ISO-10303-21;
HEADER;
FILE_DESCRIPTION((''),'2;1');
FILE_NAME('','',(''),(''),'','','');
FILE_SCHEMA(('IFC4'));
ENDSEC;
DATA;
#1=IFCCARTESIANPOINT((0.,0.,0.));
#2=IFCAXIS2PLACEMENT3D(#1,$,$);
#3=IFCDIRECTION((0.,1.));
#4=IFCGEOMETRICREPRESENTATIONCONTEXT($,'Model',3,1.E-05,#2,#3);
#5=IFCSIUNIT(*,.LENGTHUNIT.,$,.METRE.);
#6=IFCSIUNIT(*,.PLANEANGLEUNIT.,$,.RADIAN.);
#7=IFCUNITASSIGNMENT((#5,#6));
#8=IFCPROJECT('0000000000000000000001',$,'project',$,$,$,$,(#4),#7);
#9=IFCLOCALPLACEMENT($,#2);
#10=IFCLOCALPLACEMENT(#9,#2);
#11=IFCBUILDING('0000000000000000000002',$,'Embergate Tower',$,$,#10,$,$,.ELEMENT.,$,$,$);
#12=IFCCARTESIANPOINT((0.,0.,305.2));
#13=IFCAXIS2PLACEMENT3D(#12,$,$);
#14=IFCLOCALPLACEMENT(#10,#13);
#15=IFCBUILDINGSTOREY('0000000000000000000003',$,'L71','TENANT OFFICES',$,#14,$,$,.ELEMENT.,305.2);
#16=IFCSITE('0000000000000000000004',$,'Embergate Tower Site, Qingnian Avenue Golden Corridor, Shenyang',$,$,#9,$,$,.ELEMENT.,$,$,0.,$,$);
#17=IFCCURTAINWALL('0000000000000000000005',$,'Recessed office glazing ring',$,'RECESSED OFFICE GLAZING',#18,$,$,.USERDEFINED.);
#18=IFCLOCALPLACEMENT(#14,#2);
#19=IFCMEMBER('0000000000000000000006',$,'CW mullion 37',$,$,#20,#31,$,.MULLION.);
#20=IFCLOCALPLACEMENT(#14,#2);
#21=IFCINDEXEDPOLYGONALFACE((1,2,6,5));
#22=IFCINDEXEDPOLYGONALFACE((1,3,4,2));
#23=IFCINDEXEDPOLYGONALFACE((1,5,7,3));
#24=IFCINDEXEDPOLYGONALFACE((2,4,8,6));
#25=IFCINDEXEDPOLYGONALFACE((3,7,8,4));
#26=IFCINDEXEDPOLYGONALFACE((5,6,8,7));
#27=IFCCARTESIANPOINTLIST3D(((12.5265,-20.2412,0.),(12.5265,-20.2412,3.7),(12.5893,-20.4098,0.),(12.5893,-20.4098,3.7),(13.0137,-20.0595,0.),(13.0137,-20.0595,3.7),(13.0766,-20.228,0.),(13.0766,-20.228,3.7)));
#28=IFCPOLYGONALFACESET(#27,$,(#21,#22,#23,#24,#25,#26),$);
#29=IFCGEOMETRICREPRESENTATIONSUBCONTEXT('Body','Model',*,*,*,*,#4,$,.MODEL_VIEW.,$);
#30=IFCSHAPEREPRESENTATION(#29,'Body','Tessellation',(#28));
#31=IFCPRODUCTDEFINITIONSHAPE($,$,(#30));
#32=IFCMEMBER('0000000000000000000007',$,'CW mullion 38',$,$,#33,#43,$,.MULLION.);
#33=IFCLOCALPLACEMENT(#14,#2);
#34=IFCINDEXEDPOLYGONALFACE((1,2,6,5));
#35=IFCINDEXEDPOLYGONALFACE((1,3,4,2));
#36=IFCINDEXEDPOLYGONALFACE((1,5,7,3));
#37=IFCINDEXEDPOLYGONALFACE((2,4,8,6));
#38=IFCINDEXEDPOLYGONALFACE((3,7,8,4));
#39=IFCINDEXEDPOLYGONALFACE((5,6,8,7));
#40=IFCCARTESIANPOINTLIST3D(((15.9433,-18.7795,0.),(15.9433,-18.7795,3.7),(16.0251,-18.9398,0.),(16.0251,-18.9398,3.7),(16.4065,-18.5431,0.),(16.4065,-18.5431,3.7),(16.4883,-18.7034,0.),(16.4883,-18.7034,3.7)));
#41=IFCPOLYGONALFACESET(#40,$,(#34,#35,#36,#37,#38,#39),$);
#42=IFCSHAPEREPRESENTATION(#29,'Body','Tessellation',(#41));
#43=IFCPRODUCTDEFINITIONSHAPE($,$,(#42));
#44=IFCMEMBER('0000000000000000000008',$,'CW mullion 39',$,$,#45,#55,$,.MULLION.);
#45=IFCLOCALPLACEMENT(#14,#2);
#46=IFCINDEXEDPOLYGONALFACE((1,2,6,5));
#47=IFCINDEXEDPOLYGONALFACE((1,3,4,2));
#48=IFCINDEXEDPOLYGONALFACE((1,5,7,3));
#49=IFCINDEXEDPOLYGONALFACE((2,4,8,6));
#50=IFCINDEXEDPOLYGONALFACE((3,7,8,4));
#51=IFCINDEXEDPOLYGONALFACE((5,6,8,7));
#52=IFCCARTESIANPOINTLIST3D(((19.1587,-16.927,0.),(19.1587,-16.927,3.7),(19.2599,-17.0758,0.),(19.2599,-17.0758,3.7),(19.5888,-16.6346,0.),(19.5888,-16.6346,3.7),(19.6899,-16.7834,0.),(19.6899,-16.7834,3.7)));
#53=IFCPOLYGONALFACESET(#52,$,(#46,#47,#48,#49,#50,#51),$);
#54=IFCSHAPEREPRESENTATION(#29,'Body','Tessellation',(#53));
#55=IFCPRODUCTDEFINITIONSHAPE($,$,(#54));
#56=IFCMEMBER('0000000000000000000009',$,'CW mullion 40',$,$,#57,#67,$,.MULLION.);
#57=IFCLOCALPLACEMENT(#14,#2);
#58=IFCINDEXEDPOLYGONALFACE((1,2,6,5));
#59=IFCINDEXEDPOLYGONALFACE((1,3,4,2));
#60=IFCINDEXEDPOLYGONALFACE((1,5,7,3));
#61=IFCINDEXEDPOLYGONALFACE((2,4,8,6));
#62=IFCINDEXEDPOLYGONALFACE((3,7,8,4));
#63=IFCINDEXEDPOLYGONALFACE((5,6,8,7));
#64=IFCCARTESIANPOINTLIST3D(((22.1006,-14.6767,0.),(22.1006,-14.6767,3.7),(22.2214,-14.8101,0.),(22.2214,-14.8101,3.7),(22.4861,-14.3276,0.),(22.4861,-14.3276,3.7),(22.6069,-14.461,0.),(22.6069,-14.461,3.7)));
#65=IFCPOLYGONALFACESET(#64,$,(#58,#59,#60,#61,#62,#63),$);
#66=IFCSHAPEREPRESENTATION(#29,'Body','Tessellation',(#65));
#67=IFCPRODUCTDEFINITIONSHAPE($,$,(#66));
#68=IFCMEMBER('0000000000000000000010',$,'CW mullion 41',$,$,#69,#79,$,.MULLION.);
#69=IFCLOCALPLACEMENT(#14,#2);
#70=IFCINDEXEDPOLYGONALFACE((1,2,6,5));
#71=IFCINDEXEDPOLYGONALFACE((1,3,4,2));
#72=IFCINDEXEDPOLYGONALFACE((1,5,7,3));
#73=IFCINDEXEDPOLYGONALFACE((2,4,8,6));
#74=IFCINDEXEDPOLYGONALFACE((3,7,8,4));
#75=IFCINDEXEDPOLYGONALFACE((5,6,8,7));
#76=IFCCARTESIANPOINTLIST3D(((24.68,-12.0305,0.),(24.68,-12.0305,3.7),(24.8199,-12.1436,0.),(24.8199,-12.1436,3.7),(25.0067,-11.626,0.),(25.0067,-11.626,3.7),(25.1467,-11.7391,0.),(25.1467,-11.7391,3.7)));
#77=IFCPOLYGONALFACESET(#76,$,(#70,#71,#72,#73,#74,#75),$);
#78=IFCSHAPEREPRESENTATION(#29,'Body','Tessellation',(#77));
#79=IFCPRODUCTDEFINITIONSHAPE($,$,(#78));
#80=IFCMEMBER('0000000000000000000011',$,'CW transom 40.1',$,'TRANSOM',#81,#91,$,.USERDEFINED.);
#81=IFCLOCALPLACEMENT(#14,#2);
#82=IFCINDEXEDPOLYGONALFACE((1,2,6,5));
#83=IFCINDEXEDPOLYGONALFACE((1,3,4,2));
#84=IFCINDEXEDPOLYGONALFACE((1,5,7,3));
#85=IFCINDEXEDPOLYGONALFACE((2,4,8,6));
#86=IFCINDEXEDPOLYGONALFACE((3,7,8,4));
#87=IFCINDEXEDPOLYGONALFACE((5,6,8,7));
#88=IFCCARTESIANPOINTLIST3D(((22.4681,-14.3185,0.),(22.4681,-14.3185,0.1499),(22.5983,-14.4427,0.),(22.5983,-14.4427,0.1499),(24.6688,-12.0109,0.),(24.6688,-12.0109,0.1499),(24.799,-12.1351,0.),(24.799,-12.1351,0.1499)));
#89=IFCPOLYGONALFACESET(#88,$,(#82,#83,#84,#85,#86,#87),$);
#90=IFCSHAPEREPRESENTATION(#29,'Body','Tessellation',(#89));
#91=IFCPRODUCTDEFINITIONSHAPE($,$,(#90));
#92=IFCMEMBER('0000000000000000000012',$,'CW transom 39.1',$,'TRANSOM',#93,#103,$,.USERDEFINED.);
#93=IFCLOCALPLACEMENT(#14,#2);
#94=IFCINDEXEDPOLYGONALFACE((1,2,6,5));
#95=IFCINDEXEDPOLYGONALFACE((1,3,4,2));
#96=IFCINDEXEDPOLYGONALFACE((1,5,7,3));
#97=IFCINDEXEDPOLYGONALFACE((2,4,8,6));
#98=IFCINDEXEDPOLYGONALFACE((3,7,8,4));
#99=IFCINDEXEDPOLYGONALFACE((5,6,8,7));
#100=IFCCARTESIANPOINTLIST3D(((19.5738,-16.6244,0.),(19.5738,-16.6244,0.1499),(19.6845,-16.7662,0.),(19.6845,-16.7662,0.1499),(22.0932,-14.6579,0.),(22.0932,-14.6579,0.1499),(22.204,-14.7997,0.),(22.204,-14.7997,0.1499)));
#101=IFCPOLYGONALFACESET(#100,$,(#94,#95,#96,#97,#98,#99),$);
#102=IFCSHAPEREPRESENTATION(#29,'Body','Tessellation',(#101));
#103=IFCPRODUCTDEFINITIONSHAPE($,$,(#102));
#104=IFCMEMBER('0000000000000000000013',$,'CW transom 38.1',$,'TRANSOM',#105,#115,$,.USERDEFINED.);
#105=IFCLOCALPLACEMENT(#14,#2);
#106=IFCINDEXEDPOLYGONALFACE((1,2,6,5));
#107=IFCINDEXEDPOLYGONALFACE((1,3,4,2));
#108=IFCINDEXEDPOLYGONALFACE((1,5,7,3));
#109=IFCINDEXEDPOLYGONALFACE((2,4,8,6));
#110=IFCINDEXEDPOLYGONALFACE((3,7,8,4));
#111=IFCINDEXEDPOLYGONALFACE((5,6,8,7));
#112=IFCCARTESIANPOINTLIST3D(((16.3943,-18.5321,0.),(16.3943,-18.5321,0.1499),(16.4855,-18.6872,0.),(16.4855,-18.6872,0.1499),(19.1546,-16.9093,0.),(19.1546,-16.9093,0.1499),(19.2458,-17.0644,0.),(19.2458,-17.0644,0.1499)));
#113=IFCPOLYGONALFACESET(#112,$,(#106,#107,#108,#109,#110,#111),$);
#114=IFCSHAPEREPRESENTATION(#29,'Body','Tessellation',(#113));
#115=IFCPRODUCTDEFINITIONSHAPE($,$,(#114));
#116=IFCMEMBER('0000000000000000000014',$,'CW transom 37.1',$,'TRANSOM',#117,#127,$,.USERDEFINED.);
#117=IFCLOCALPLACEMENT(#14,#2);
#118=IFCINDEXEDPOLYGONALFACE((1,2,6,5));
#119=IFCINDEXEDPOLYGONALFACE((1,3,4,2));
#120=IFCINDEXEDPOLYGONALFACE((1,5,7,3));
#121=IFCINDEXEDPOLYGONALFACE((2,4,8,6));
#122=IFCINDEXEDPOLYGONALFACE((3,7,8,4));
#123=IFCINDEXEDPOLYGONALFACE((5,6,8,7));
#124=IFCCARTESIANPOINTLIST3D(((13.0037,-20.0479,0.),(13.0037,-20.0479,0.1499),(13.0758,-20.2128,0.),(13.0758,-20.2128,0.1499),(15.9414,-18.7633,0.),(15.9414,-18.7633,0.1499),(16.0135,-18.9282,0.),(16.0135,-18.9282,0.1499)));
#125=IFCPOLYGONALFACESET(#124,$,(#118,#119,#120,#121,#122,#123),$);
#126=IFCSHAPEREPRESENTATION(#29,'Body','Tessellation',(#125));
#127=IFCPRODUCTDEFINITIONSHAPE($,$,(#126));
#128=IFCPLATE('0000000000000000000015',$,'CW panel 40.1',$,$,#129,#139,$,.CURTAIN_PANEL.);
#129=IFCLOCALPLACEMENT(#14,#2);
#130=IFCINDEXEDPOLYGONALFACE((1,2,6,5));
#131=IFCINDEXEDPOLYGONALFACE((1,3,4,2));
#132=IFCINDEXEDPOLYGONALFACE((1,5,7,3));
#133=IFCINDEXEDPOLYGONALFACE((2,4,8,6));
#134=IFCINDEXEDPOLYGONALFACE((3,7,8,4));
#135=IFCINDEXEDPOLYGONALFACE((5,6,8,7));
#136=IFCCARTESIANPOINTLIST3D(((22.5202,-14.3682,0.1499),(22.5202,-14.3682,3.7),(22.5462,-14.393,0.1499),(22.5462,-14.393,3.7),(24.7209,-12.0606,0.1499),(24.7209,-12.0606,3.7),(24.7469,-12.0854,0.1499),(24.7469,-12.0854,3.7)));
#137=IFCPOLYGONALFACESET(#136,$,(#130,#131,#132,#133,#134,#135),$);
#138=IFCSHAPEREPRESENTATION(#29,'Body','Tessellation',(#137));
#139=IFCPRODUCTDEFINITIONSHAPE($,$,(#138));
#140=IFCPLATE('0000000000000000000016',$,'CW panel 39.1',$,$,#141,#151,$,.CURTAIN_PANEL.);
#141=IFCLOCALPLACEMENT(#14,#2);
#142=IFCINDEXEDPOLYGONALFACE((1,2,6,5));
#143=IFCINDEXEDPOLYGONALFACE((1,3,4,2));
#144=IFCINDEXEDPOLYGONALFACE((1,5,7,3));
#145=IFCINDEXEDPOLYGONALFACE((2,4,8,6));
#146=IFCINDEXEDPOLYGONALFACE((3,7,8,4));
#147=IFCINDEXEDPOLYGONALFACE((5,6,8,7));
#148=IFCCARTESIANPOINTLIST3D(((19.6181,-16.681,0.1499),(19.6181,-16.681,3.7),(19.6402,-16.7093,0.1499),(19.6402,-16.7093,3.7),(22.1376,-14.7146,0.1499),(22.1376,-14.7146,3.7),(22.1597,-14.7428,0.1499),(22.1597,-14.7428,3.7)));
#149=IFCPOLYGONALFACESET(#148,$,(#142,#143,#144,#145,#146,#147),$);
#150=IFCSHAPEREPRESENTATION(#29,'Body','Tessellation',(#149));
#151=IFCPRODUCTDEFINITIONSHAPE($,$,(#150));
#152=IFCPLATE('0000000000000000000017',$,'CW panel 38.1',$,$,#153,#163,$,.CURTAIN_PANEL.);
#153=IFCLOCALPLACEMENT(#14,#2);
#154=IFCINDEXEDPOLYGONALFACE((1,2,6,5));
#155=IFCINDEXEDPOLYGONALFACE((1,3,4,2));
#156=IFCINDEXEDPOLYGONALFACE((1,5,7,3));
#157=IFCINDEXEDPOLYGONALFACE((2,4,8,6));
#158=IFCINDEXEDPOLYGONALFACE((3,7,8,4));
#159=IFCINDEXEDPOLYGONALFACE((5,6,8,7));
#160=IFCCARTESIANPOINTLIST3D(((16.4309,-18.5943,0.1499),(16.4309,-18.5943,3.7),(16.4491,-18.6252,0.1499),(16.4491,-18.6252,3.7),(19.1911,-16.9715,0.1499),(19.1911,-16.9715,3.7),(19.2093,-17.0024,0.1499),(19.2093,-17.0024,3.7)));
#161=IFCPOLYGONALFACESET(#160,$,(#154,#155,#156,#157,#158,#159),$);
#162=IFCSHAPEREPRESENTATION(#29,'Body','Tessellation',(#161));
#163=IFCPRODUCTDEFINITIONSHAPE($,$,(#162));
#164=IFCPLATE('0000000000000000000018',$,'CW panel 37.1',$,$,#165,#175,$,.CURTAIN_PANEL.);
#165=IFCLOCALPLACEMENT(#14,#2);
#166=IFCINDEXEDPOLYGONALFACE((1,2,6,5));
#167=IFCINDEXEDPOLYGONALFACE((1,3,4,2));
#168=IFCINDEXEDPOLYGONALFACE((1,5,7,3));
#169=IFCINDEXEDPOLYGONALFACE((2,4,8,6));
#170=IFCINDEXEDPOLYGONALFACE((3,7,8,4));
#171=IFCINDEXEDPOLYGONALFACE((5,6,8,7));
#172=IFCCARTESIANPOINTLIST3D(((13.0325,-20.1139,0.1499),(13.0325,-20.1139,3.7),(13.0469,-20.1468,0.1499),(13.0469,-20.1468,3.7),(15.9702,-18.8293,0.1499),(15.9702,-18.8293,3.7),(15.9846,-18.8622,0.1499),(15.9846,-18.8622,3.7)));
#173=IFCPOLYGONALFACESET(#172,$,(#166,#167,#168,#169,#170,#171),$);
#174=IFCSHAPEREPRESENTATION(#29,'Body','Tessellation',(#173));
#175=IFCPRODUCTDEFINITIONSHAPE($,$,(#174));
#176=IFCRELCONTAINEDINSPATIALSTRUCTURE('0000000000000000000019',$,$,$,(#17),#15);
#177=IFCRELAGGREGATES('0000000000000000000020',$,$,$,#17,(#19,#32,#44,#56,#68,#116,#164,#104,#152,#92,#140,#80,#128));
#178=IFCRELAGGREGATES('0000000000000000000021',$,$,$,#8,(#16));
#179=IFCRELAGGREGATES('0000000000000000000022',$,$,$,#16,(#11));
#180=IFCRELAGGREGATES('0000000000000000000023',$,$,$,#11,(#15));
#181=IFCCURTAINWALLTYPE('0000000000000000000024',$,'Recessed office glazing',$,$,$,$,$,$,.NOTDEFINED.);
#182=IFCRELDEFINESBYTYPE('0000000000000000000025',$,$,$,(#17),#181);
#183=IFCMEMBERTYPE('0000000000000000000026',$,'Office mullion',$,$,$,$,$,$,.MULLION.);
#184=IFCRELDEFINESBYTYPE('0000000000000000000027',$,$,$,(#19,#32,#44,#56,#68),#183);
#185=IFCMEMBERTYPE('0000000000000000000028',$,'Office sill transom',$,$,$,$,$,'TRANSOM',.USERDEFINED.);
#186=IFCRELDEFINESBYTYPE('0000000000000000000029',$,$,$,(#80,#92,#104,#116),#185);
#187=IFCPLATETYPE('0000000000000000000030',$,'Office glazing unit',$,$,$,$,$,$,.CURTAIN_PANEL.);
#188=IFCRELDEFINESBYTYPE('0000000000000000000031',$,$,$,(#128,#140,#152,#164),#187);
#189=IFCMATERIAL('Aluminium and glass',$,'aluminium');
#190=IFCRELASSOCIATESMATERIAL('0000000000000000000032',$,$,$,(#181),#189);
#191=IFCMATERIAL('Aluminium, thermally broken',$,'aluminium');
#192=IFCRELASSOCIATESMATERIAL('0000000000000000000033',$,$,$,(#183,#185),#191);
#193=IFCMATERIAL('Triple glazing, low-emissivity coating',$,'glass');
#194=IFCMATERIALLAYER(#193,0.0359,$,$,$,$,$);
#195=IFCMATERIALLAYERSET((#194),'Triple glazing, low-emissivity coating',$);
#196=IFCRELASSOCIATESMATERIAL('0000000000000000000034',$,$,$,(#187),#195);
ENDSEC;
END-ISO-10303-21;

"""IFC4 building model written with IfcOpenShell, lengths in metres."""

from ifc_helpers import new_model, si_unit, direction, frame, origin, origin_2d, place, context, subcontext, project, spatial, rectangle, extrude, source, transform, mapped, material, layer, layer_set, material_profile, profile_set, type_object, element, aggregate, save


model = new_model("IFC4")

# Units and contexts
model_context = context("Model", 3, precision=1e-05, world=origin(), true_north=direction((0.0, 1.0)))
body_context = subcontext(model_context, "Body", "Model", "MODEL_VIEW")
ifc_project = project(units=[si_unit("LENGTHUNIT", "METRE"), si_unit("PLANEANGLEUNIT", "RADIAN")], contexts=[model_context])

# Site, building, storey
site_placement = place(None, origin())
site = spatial("IfcSite", under=ifc_project, at=site_placement, Name="Embergate Tower Site, Qingnian Avenue Golden Corridor, Shenyang", CompositionType="ELEMENT", RefElevation=0.0)
building_placement = place(site_placement, origin())
building = spatial("IfcBuilding", under=site, at=building_placement, Name="Embergate Tower", CompositionType="ELEMENT")
storey_placement = place(building_placement, frame((0.0, 0.0, 305.2)))
storey = spatial("IfcBuildingStorey", under=building, at=storey_placement, Name="L71", Description="TENANT OFFICES", CompositionType="ELEMENT", Elevation=305.2)

# Curtain wall, members, plates
ifc_material_1 = material(Name="Aluminium and glass", Category="aluminium")
curtain_wall_type = type_object("IfcCurtainWallType", Name="Recessed office glazing", PredefinedType="NOTDEFINED", material=ifc_material_1)
curtain_wall_placement = place(storey_placement, origin())
curtain_wall = element("IfcCurtainWall", 1, at=curtain_wall_placement, inside=storey, type_object=curtain_wall_type, Name="Recessed office glazing ring", ObjectType="RECESSED OFFICE GLAZING", PredefinedType="USERDEFINED")
ifc_material_2 = material(Name="Aluminium, thermally broken", Category="aluminium")
ifc_material_profile_1 = material_profile(ifc_material_2, rectangle(XDim=0.1799, YDim=0.52, at=origin_2d()), Name="AL 520x180")
ifc_profile_set_1 = profile_set([ifc_material_profile_1], Name="Aluminium, thermally broken")
member_type_1 = type_object("IfcMemberType", Name="Office mullion", PredefinedType="MULLION", material=ifc_profile_set_1)
shared_shape_1 = source(origin(), body_context, "Body", "SweptSolid", [
    extrude(rectangle(XDim=0.1799, YDim=0.52, at=origin_2d()), origin(), (0.0, 0.0, 1.0), 3.7),
])
member_1_placement = place(storey_placement, frame((12.8015, -20.2346, 0.0), z_axis=(0.0, 0.0, 1.0), x_axis=(-0.349501, 0.936936, 0.0)))
member_1 = element("IfcMember", 2, at=member_1_placement, type_object=member_type_1, Name="CW mullion 37", PredefinedType="MULLION", context=body_context, shape_type="MappedRepresentation", body=[
    mapped(shared_shape_1, transform((0.0, 0.0, 0.0))),
])
member_2_placement = place(storey_placement, frame((16.2158, -18.7415, 0.0), z_axis=(0.0, 0.0, 1.0), x_axis=(-0.454508, 0.890743, 0.0)))
member_2 = element("IfcMember", 3, at=member_2_placement, type_object=member_type_1, Name="CW mullion 38", PredefinedType="MULLION", context=body_context, shape_type="MappedRepresentation", body=[
    mapped(shared_shape_1, transform((0.0, 0.0, 0.0))),
])
member_3_placement = place(storey_placement, frame((19.4243, -16.8552, 0.0), z_axis=(0.0, 0.0, 1.0), x_axis=(-0.562213, 0.826992, 0.0)))
member_3 = element("IfcMember", 4, at=member_3_placement, type_object=member_type_1, Name="CW mullion 39", PredefinedType="MULLION", context=body_context, shape_type="MappedRepresentation", body=[
    mapped(shared_shape_1, transform((0.0, 0.0, 0.0))),
])
member_4_placement = place(storey_placement, frame((22.3538, -14.5688, 0.0), z_axis=(0.0, 0.0, 1.0), x_axis=(-0.67122, 0.741258, 0.0)))
member_4 = element("IfcMember", 5, at=member_4_placement, type_object=member_type_1, Name="CW mullion 40", PredefinedType="MULLION", context=body_context, shape_type="MappedRepresentation", body=[
    mapped(shared_shape_1, transform((0.0, 0.0, 0.0))),
])
member_5_placement = place(storey_placement, frame((24.9133, -11.8848, 0.0), z_axis=(0.0, 0.0, 1.0), x_axis=(-0.777864, 0.628433, 0.0)))
member_5 = element("IfcMember", 6, at=member_5_placement, type_object=member_type_1, Name="CW mullion 41", PredefinedType="MULLION", context=body_context, shape_type="MappedRepresentation", body=[
    mapped(shared_shape_1, transform((0.0, 0.0, 0.0))),
])
ifc_material_profile_2 = material_profile(ifc_material_2, rectangle(XDim=0.1799, YDim=0.1499, at=origin_2d()), Name="AL 150x180")
ifc_profile_set_2 = profile_set([ifc_material_profile_2], Name="Aluminium, thermally broken")
member_type_2 = type_object("IfcMemberType", Name="Office sill transom", ElementType="TRANSOM", PredefinedType="USERDEFINED", material=ifc_profile_set_2)
shared_shape_2 = source(origin(), body_context, "Body", "SweptSolid", [
    extrude(rectangle(XDim=0.1799, YDim=0.1499, at=origin_2d()), origin(), (0.0, 0.0, 1.0), 3.1887),
])
member_6_placement = place(storey_placement, frame((22.5332, -14.3806, 0.075), z_axis=(0.690141, 0.723675, 0.0), x_axis=(-0.723675, 0.690141, 0.0)))
member_6 = element("IfcMember", 7, at=member_6_placement, type_object=member_type_2, Name="CW transom 40.1", ObjectType="TRANSOM", PredefinedType="USERDEFINED", context=body_context, shape_type="MappedRepresentation", body=[
    mapped(shared_shape_2, transform((0.0, 0.0, 0.0))),
])
shared_shape_3 = source(origin(), body_context, "Body", "SweptSolid", [
    extrude(rectangle(XDim=0.1799, YDim=0.1499, at=origin_2d()), origin(), (0.0, 0.0, 1.0), 3.196),
])
member_7_placement = place(storey_placement, frame((19.6292, -16.6953, 0.075), z_axis=(0.788302, 0.615288, 0.0), x_axis=(-0.615288, 0.788302, 0.0)))
member_7 = element("IfcMember", 8, at=member_7_placement, type_object=member_type_2, Name="CW transom 39.1", ObjectType="TRANSOM", PredefinedType="USERDEFINED", context=body_context, shape_type="MappedRepresentation", body=[
    mapped(shared_shape_3, transform((0.0, 0.0, 0.0))),
])
shared_shape_4 = source(origin(), body_context, "Body", "SweptSolid", [
    extrude(rectangle(XDim=0.1799, YDim=0.1499, at=origin_2d()), origin(), (0.0, 0.0, 1.0), 3.2019),
])
member_8_placement = place(storey_placement, frame((16.4399, -18.6096, 0.075), z_axis=(0.862054, 0.506817, 0.0), x_axis=(-0.506817, 0.862054, 0.0)))
member_8 = element("IfcMember", 9, at=member_8_placement, type_object=member_type_2, Name="CW transom 38.1", ObjectType="TRANSOM", PredefinedType="USERDEFINED", context=body_context, shape_type="MappedRepresentation", body=[
    mapped(shared_shape_4, transform((0.0, 0.0, 0.0))),
])
shared_shape_5 = source(origin(), body_context, "Body", "SweptSolid", [
    extrude(rectangle(XDim=0.1799, YDim=0.1499, at=origin_2d()), origin(), (0.0, 0.0, 1.0), 3.2063),
])
member_9_placement = place(storey_placement, frame((13.0398, -20.1304, 0.075), z_axis=(0.916225, 0.400663, 0.0), x_axis=(-0.400663, 0.916225, 0.0)))
member_9 = element("IfcMember", 10, at=member_9_placement, type_object=member_type_2, Name="CW transom 37.1", ObjectType="TRANSOM", PredefinedType="USERDEFINED", context=body_context, shape_type="MappedRepresentation", body=[
    mapped(shared_shape_5, transform((0.0, 0.0, 0.0))),
])
ifc_material_3 = material(Name="Triple glazing, low-emissivity coating", Category="glass")
ifc_layer_1 = layer(ifc_material_3, 0.0359)
ifc_layer_set_1 = layer_set([ifc_layer_1], Name="Triple glazing, low-emissivity coating")
plate_type = type_object("IfcPlateType", Name="Office glazing unit", PredefinedType="CURTAIN_PANEL", material=ifc_layer_set_1)
shared_shape_6 = source(origin(), body_context, "Body", "SweptSolid", [
    extrude(rectangle(XDim=3.1887, YDim=0.0359, at=origin_2d()), origin(), (0.0, 0.0, 1.0), 3.55),
])
plate_1_placement = place(storey_placement, frame((23.6335, -13.2268, 0.1499), z_axis=(0.0, 0.0, 1.0), x_axis=(0.690133, 0.723683, 0.0)))
plate_1 = element("IfcPlate", 11, at=plate_1_placement, type_object=plate_type, Name="CW panel 40.1", PredefinedType="CURTAIN_PANEL", context=body_context, shape_type="MappedRepresentation", body=[
    mapped(shared_shape_6, transform((0.0, 0.0, 0.0))),
])
shared_shape_7 = source(origin(), body_context, "Body", "SweptSolid", [
    extrude(rectangle(XDim=3.196, YDim=0.0359, at=origin_2d()), origin(), (0.0, 0.0, 1.0), 3.55),
])
plate_2_placement = place(storey_placement, frame((20.8889, -15.7119, 0.1499), z_axis=(0.0, 0.0, 1.0), x_axis=(0.788318, 0.615268, 0.0)))
plate_2 = element("IfcPlate", 12, at=plate_2_placement, type_object=plate_type, Name="CW panel 39.1", PredefinedType="CURTAIN_PANEL", context=body_context, shape_type="MappedRepresentation", body=[
    mapped(shared_shape_7, transform((0.0, 0.0, 0.0))),
])
shared_shape_8 = source(origin(), body_context, "Body", "SweptSolid", [
    extrude(rectangle(XDim=3.2019, YDim=0.0359, at=origin_2d()), origin(), (0.0, 0.0, 1.0), 3.55),
])
plate_3_placement = place(storey_placement, frame((17.8201, -17.7983, 0.1499), z_axis=(0.0, 0.0, 1.0), x_axis=(0.862051, 0.506822, 0.0)))
plate_3 = element("IfcPlate", 13, at=plate_3_placement, type_object=plate_type, Name="CW panel 38.1", PredefinedType="CURTAIN_PANEL", context=body_context, shape_type="MappedRepresentation", body=[
    mapped(shared_shape_8, transform((0.0, 0.0, 0.0))),
])
shared_shape_9 = source(origin(), body_context, "Body", "SweptSolid", [
    extrude(rectangle(XDim=3.2063, YDim=0.0359, at=origin_2d()), origin(), (0.0, 0.0, 1.0), 3.55),
])
plate_4_placement = place(storey_placement, frame((14.5085, -19.488, 0.1499), z_axis=(0.0, 0.0, 1.0), x_axis=(0.916234, 0.400643, 0.0)))
plate_4 = element("IfcPlate", 14, at=plate_4_placement, type_object=plate_type, Name="CW panel 37.1", PredefinedType="CURTAIN_PANEL", context=body_context, shape_type="MappedRepresentation", body=[
    mapped(shared_shape_9, transform((0.0, 0.0, 0.0))),
])
aggregate(curtain_wall, [member_1, member_2, member_3, member_4, member_5, member_9, plate_4, member_8, plate_3, member_7, plate_2, member_6, plate_1])

save(model, "model.ifc")
